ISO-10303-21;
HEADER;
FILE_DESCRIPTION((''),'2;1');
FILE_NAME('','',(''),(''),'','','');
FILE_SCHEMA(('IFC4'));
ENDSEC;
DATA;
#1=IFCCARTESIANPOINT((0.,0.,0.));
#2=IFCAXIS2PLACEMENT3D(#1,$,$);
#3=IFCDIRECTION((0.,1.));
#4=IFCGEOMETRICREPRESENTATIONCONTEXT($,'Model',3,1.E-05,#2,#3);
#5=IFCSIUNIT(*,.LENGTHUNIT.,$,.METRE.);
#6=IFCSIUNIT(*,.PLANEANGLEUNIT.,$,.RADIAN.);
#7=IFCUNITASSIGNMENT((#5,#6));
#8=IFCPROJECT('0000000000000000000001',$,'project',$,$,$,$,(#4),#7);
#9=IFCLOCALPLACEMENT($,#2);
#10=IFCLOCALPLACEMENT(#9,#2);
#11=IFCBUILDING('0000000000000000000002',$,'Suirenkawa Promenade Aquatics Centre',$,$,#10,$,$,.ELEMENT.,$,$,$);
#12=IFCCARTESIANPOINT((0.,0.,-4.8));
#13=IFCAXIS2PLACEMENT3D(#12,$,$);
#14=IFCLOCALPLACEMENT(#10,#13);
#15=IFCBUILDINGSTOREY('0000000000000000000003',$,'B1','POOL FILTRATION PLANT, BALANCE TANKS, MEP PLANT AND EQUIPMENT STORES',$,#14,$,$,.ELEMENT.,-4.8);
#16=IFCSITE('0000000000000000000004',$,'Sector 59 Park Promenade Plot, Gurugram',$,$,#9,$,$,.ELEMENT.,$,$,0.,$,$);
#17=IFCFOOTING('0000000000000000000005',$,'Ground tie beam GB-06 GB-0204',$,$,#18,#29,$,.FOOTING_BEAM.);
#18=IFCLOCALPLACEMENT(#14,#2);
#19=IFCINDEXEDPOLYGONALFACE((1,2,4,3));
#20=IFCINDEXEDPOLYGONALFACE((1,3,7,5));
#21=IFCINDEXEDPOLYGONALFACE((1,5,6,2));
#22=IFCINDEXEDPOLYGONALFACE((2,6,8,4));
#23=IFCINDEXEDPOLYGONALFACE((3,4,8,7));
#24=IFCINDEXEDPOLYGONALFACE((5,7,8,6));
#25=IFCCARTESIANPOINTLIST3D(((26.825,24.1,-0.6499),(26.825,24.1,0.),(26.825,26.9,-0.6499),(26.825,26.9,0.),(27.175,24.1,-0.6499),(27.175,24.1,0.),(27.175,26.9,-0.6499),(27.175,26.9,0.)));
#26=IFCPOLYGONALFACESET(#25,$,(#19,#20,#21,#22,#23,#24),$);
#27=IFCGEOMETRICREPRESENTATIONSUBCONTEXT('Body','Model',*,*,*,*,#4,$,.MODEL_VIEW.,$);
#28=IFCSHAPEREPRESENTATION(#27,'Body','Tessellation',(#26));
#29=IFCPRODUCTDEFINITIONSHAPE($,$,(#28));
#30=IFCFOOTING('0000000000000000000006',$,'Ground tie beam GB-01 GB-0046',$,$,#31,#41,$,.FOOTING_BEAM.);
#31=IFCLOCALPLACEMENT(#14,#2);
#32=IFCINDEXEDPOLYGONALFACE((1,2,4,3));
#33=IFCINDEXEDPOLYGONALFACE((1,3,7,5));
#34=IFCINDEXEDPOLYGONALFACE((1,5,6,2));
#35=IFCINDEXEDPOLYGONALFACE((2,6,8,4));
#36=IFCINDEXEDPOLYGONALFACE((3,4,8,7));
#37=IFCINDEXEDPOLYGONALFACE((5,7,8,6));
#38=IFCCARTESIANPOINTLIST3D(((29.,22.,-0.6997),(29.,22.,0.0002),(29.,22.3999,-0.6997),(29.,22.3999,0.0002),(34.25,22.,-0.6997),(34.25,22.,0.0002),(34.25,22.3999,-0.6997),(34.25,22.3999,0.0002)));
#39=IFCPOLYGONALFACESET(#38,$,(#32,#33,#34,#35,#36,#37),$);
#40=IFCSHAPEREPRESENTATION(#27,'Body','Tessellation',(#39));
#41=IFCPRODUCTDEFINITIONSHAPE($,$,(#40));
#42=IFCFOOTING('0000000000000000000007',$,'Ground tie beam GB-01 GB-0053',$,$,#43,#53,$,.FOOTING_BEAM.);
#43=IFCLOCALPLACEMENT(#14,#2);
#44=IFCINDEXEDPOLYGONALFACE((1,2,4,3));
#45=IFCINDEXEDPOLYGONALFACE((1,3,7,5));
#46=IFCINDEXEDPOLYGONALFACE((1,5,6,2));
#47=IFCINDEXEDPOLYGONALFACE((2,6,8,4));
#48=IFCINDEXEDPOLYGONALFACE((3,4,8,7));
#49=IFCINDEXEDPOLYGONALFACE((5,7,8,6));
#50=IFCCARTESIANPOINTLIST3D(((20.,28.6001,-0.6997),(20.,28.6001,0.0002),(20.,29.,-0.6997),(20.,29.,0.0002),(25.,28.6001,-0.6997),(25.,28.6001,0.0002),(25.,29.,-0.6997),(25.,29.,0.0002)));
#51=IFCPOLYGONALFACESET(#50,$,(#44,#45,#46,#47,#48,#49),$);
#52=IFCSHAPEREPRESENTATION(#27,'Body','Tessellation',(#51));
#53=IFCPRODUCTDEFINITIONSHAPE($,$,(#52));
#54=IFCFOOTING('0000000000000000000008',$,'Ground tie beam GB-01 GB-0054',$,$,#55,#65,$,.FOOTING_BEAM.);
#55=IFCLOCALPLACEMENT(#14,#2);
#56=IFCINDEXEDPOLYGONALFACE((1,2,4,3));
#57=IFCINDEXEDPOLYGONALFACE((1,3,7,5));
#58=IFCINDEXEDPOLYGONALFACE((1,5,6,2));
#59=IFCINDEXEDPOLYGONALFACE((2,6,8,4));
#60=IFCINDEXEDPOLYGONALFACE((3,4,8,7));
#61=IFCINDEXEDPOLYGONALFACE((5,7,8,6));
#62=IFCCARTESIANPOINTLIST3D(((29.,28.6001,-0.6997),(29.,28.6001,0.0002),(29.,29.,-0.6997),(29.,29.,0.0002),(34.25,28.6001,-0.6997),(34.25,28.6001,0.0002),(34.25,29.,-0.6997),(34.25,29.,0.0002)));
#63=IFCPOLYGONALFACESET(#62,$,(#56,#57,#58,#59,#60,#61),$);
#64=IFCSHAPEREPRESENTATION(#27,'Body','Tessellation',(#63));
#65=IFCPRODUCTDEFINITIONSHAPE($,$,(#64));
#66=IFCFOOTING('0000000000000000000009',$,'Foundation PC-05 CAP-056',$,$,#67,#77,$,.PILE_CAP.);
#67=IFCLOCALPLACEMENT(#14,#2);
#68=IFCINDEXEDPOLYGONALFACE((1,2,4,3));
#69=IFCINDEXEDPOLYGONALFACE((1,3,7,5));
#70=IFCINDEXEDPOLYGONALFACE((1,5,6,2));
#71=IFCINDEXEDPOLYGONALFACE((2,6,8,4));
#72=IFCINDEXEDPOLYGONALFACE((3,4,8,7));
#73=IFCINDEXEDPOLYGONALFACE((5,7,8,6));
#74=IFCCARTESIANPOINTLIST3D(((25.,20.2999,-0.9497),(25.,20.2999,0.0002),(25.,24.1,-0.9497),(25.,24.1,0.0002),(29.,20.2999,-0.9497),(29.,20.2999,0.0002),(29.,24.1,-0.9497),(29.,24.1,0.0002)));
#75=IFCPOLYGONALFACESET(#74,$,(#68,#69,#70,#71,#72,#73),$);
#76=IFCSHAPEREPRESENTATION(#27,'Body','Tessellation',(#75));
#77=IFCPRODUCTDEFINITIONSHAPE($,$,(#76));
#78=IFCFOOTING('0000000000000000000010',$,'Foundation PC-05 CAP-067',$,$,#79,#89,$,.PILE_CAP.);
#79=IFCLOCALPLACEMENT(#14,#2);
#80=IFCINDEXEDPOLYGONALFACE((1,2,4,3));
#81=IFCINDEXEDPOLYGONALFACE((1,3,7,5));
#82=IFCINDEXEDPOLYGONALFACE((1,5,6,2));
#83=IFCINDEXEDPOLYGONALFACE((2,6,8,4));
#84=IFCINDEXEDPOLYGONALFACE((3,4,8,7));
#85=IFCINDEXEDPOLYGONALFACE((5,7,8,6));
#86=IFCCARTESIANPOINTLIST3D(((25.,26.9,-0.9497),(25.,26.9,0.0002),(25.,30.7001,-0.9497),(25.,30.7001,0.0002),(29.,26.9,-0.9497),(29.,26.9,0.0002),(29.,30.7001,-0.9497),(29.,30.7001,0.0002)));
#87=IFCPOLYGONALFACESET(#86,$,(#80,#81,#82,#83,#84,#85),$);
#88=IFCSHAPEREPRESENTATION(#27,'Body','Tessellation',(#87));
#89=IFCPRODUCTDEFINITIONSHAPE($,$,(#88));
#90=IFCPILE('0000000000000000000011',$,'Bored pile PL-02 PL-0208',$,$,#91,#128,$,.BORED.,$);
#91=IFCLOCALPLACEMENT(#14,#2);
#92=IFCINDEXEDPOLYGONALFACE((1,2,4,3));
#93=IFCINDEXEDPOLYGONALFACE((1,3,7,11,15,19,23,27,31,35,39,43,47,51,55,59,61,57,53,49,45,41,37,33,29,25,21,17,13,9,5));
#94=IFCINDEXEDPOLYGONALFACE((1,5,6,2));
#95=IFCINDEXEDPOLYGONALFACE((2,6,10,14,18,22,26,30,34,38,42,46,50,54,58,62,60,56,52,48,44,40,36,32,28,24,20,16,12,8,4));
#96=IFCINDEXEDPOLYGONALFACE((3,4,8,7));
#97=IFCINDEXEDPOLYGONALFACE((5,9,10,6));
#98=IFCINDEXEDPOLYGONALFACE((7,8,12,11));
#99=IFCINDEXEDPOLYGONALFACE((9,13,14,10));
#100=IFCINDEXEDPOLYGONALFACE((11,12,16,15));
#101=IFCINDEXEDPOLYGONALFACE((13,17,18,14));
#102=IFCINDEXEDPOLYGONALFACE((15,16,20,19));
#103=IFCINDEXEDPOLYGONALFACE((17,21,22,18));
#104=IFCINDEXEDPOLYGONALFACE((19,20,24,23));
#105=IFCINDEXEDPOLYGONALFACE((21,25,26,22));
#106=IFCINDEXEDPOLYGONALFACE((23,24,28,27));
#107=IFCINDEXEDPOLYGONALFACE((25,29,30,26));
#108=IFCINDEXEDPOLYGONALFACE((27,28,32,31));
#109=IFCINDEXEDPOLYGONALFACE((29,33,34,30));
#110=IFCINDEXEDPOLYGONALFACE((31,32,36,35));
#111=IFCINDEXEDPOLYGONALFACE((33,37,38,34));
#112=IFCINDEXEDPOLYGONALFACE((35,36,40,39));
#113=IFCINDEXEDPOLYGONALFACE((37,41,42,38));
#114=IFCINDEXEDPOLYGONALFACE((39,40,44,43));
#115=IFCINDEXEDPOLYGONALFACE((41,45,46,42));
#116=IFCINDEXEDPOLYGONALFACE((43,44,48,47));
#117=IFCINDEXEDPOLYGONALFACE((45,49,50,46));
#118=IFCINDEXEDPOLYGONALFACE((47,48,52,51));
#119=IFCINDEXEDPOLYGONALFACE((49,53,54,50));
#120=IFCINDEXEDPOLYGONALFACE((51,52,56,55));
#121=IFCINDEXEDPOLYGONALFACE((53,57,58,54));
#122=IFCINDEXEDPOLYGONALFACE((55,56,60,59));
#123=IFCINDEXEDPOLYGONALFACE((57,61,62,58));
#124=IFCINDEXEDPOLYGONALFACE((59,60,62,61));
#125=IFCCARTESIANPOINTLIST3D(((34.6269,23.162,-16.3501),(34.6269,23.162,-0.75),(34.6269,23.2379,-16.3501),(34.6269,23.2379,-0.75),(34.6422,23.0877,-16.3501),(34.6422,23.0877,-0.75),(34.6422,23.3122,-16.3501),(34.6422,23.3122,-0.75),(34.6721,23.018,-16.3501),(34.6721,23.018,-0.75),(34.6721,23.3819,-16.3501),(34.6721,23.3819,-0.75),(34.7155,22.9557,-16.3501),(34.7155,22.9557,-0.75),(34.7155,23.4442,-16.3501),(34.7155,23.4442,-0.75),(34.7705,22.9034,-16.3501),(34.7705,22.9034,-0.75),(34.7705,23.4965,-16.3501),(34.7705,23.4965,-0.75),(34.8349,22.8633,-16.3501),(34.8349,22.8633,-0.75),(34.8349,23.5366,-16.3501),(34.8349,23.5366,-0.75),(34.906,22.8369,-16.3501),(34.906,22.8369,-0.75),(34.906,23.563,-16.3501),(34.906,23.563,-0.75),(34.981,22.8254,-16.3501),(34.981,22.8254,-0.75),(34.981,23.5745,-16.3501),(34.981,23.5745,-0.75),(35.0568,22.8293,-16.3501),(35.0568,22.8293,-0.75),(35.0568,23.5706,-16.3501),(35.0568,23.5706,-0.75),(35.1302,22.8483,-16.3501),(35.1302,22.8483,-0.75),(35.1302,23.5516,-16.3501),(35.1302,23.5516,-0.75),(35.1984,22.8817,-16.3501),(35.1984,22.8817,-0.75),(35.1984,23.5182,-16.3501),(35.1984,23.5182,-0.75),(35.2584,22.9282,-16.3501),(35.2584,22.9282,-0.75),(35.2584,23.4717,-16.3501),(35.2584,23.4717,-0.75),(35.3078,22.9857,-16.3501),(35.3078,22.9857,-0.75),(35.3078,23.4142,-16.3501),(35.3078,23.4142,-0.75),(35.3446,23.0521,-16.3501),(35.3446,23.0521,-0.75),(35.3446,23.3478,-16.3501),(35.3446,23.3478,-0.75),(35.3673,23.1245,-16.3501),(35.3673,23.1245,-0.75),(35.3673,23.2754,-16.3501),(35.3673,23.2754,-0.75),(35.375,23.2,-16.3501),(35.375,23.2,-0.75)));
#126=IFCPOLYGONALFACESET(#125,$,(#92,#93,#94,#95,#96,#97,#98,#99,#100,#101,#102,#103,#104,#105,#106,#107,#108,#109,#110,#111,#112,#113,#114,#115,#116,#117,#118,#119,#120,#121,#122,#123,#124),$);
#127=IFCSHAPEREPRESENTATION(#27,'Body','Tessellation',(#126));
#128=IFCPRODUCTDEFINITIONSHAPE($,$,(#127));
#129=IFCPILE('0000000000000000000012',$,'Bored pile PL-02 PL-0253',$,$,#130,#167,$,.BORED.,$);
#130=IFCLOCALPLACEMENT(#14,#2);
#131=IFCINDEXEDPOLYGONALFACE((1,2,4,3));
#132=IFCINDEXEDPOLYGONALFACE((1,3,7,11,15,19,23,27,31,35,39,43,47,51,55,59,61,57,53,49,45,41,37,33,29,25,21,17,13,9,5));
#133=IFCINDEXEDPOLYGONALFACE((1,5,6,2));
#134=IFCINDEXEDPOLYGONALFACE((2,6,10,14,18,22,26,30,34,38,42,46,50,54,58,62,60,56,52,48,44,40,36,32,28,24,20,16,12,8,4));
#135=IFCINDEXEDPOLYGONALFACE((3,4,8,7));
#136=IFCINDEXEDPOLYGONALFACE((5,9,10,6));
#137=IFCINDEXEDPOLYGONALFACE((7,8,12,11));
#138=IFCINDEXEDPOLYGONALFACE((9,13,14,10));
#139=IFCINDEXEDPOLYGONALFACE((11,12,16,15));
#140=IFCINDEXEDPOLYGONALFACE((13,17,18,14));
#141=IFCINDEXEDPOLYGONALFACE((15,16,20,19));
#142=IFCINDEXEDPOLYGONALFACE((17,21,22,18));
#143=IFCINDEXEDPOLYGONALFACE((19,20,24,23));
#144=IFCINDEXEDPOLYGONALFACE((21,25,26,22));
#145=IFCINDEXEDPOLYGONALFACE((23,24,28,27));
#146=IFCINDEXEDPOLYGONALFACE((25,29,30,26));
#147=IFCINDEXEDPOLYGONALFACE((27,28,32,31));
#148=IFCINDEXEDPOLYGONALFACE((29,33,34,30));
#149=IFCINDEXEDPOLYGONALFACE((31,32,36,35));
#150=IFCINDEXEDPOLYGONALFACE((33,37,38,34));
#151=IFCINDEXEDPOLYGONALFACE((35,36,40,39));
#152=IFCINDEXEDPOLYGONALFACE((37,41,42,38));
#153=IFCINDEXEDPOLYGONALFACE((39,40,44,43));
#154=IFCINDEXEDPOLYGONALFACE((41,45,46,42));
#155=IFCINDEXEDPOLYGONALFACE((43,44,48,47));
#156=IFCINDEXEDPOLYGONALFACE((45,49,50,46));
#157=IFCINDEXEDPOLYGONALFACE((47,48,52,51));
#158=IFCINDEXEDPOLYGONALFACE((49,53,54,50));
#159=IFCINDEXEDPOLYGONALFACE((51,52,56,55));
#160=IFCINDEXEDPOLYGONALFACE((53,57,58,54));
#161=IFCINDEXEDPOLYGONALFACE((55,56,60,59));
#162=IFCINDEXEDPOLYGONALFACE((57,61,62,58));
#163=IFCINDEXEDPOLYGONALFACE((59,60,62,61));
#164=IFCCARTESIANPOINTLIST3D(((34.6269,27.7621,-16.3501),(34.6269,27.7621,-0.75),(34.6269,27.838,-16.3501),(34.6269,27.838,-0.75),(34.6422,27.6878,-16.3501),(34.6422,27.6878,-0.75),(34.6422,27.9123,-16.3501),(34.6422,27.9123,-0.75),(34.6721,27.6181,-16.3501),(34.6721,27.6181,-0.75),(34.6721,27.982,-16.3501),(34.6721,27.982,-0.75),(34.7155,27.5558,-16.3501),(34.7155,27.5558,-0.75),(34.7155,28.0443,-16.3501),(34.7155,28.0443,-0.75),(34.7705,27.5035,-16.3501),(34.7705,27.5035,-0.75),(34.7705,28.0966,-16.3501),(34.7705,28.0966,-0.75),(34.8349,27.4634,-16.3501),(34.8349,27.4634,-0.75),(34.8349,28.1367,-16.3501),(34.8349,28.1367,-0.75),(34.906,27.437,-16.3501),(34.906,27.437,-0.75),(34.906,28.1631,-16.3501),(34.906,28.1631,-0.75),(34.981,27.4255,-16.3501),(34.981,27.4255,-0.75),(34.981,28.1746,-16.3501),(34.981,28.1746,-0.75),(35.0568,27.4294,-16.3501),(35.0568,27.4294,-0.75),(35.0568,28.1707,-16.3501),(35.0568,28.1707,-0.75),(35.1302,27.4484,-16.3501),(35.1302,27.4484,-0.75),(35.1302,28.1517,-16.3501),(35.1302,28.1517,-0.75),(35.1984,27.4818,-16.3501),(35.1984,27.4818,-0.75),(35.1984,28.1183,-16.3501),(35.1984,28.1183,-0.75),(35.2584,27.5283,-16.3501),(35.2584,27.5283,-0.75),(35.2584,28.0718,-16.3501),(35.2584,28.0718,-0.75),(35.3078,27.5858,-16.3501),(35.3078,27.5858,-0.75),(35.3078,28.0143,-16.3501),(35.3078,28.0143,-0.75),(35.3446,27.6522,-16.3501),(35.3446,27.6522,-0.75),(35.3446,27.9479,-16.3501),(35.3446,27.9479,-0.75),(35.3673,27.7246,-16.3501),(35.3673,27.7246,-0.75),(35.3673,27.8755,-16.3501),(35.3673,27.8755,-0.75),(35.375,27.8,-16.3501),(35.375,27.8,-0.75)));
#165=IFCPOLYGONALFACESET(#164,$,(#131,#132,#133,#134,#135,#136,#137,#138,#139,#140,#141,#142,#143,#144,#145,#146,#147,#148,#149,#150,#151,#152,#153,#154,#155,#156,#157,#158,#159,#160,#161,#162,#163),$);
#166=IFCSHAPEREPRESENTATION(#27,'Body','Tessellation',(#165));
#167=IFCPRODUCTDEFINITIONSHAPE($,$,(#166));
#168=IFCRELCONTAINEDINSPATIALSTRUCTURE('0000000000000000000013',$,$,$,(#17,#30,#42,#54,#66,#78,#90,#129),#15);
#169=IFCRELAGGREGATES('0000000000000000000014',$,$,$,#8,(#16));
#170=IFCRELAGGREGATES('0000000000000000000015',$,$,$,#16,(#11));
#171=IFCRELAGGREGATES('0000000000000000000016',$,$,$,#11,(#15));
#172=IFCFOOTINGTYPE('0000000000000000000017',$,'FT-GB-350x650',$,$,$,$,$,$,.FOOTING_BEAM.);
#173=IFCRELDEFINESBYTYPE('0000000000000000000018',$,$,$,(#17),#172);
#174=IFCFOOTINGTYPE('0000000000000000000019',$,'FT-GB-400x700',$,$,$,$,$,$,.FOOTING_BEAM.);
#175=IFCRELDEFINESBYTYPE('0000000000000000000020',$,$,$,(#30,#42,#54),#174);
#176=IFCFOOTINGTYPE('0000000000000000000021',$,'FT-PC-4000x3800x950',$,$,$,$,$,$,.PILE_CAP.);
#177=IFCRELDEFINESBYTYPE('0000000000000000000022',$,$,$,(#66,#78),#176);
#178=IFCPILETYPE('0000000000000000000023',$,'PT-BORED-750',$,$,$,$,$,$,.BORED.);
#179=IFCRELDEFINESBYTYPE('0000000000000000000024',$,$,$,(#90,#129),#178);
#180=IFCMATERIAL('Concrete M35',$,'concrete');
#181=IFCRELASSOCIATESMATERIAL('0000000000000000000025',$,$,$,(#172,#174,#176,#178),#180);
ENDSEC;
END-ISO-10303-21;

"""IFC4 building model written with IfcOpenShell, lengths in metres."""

from ifc_helpers import new_model, si_unit, direction, frame, origin, origin_2d, place, context, subcontext, project, spatial, rectangle, circle, extrude, material, material_profile, profile_set, type_object, element, save


model = new_model("IFC4")

# Units and contexts
model_context = context("Model", 3, precision=1e-05, world=origin(), true_north=direction((0.0, 1.0)))
body_context = subcontext(model_context, "Body", "Model", "MODEL_VIEW")
ifc_project = project(units=[si_unit("LENGTHUNIT", "METRE"), si_unit("PLANEANGLEUNIT", "RADIAN")], contexts=[model_context])

# Site, building, storey
site_placement = place(None, origin())
site = spatial("IfcSite", under=ifc_project, at=site_placement, Name="Sector 59 Park Promenade Plot, Gurugram", CompositionType="ELEMENT", RefElevation=0.0)
building_placement = place(site_placement, origin())
building = spatial("IfcBuilding", under=site, at=building_placement, Name="Suirenkawa Promenade Aquatics Centre", CompositionType="ELEMENT")
storey_placement = place(building_placement, frame((0.0, 0.0, -4.8)))
storey = spatial("IfcBuildingStorey", under=building, at=storey_placement, Name="B1", Description="POOL FILTRATION PLANT, BALANCE TANKS, MEP PLANT AND EQUIPMENT STORES", CompositionType="ELEMENT", Elevation=-4.8)

# Footings
ifc_material_1 = material(Name="Concrete M35", Category="concrete")
footing_type_1 = type_object("IfcFootingType", Name="FT-GB-350x650", PredefinedType="FOOTING_BEAM", material=ifc_material_1)
footing_1_placement = place(storey_placement, frame((27.0, 25.5, -0.6499), z_axis=(0.0, 0.0, 1.0), x_axis=(0.0, 1.0, 0.0)))
element("IfcFooting", 1, at=footing_1_placement, inside=storey, type_object=footing_type_1, Name="Ground tie beam GB-06 GB-0204", PredefinedType="FOOTING_BEAM", context=body_context, shape_type="SweptSolid", body=[
    extrude(rectangle(XDim=2.8, YDim=0.3501, at=origin_2d()), origin(), (0.0, 0.0, 1.0), 0.6499),
])
footing_type_2 = type_object("IfcFootingType", Name="FT-GB-400x700", PredefinedType="FOOTING_BEAM", material=ifc_material_1)
footing_2_placement = place(storey_placement, frame((31.625, 22.2, -0.6997), z_axis=(0.0, 0.0, 1.0), x_axis=(1.0, 0.0, 0.0)))
element("IfcFooting", 2, at=footing_2_placement, inside=storey, type_object=footing_type_2, Name="Ground tie beam GB-01 GB-0046", PredefinedType="FOOTING_BEAM", context=body_context, shape_type="SweptSolid", body=[
    extrude(rectangle(XDim=5.25, YDim=0.3999, at=origin_2d()), origin(), (0.0, 0.0, 1.0), 0.7),
])
footing_3_placement = place(storey_placement, frame((22.5, 28.8, -0.6997), z_axis=(0.0, 0.0, 1.0), x_axis=(1.0, 0.0, 0.0)))
element("IfcFooting", 3, at=footing_3_placement, inside=storey, type_object=footing_type_2, Name="Ground tie beam GB-01 GB-0053", PredefinedType="FOOTING_BEAM", context=body_context, shape_type="SweptSolid", body=[
    extrude(rectangle(XDim=5.0, YDim=0.3999, at=origin_2d()), origin(), (0.0, 0.0, 1.0), 0.7),
])
footing_4_placement = place(storey_placement, frame((31.625, 28.8, -0.6997), z_axis=(0.0, 0.0, 1.0), x_axis=(1.0, 0.0, 0.0)))
element("IfcFooting", 4, at=footing_4_placement, inside=storey, type_object=footing_type_2, Name="Ground tie beam GB-01 GB-0054", PredefinedType="FOOTING_BEAM", context=body_context, shape_type="SweptSolid", body=[
    extrude(rectangle(XDim=5.25, YDim=0.3999, at=origin_2d()), origin(), (0.0, 0.0, 1.0), 0.7),
])
footing_type_3 = type_object("IfcFootingType", Name="FT-PC-4000x3800x950", PredefinedType="PILE_CAP", material=ifc_material_1)
for number, where, z_axis, x_axis, name in (
    (5, (27.0, 22.2, -0.9497), (0.0, 0.0, 1.0), (1.0, 0.0, 0.0), "Foundation PC-05 CAP-056"),
    (6, (27.0, 28.8, -0.9497), (0.0, 0.0, 1.0), (1.0, 0.0, 0.0), "Foundation PC-05 CAP-067"),
):
    element("IfcFooting", number, at=place(storey_placement, frame(where, z_axis=z_axis, x_axis=x_axis)), inside=storey, type_object=footing_type_3, Name=name, PredefinedType="PILE_CAP", context=body_context, shape_type="SweptSolid", body=[
        extrude(rectangle(XDim=4.0, YDim=3.8, at=origin_2d()), origin(), (0.0, 0.0, 1.0), 0.95),
    ])

# Piles
ifc_material_profile_1 = material_profile(ifc_material_1, circle(Radius=0.375, at=origin_2d()), Name="PILE D750", Category="concrete")
ifc_profile_set_1 = profile_set([ifc_material_profile_1], Name="Concrete M35")
pile_type_1 = type_object("IfcPileType", Name="PT-BORED-750", PredefinedType="BORED", material=ifc_profile_set_1)
for number, where, z_axis, x_axis, name in (
    (7, (35.0, 23.2, -0.75), (0.0, 0.0, -1.0), (1.0, 0.0, 0.0), "Bored pile PL-02 PL-0208"),
    (8, (35.0, 27.8, -0.75), (0.0, 0.0, -1.0), (1.0, 0.0, 0.0), "Bored pile PL-02 PL-0253"),
):
    element("IfcPile", number, at=place(storey_placement, frame(where, z_axis=z_axis, x_axis=x_axis)), inside=storey, type_object=pile_type_1, Name=name, PredefinedType="BORED", context=body_context, shape_type="SweptSolid", body=[
        extrude(circle(Radius=0.375, at=origin_2d()), origin(), (0.0, 0.0, 1.0), 15.6001),
    ])

save(model, "model.ifc")
